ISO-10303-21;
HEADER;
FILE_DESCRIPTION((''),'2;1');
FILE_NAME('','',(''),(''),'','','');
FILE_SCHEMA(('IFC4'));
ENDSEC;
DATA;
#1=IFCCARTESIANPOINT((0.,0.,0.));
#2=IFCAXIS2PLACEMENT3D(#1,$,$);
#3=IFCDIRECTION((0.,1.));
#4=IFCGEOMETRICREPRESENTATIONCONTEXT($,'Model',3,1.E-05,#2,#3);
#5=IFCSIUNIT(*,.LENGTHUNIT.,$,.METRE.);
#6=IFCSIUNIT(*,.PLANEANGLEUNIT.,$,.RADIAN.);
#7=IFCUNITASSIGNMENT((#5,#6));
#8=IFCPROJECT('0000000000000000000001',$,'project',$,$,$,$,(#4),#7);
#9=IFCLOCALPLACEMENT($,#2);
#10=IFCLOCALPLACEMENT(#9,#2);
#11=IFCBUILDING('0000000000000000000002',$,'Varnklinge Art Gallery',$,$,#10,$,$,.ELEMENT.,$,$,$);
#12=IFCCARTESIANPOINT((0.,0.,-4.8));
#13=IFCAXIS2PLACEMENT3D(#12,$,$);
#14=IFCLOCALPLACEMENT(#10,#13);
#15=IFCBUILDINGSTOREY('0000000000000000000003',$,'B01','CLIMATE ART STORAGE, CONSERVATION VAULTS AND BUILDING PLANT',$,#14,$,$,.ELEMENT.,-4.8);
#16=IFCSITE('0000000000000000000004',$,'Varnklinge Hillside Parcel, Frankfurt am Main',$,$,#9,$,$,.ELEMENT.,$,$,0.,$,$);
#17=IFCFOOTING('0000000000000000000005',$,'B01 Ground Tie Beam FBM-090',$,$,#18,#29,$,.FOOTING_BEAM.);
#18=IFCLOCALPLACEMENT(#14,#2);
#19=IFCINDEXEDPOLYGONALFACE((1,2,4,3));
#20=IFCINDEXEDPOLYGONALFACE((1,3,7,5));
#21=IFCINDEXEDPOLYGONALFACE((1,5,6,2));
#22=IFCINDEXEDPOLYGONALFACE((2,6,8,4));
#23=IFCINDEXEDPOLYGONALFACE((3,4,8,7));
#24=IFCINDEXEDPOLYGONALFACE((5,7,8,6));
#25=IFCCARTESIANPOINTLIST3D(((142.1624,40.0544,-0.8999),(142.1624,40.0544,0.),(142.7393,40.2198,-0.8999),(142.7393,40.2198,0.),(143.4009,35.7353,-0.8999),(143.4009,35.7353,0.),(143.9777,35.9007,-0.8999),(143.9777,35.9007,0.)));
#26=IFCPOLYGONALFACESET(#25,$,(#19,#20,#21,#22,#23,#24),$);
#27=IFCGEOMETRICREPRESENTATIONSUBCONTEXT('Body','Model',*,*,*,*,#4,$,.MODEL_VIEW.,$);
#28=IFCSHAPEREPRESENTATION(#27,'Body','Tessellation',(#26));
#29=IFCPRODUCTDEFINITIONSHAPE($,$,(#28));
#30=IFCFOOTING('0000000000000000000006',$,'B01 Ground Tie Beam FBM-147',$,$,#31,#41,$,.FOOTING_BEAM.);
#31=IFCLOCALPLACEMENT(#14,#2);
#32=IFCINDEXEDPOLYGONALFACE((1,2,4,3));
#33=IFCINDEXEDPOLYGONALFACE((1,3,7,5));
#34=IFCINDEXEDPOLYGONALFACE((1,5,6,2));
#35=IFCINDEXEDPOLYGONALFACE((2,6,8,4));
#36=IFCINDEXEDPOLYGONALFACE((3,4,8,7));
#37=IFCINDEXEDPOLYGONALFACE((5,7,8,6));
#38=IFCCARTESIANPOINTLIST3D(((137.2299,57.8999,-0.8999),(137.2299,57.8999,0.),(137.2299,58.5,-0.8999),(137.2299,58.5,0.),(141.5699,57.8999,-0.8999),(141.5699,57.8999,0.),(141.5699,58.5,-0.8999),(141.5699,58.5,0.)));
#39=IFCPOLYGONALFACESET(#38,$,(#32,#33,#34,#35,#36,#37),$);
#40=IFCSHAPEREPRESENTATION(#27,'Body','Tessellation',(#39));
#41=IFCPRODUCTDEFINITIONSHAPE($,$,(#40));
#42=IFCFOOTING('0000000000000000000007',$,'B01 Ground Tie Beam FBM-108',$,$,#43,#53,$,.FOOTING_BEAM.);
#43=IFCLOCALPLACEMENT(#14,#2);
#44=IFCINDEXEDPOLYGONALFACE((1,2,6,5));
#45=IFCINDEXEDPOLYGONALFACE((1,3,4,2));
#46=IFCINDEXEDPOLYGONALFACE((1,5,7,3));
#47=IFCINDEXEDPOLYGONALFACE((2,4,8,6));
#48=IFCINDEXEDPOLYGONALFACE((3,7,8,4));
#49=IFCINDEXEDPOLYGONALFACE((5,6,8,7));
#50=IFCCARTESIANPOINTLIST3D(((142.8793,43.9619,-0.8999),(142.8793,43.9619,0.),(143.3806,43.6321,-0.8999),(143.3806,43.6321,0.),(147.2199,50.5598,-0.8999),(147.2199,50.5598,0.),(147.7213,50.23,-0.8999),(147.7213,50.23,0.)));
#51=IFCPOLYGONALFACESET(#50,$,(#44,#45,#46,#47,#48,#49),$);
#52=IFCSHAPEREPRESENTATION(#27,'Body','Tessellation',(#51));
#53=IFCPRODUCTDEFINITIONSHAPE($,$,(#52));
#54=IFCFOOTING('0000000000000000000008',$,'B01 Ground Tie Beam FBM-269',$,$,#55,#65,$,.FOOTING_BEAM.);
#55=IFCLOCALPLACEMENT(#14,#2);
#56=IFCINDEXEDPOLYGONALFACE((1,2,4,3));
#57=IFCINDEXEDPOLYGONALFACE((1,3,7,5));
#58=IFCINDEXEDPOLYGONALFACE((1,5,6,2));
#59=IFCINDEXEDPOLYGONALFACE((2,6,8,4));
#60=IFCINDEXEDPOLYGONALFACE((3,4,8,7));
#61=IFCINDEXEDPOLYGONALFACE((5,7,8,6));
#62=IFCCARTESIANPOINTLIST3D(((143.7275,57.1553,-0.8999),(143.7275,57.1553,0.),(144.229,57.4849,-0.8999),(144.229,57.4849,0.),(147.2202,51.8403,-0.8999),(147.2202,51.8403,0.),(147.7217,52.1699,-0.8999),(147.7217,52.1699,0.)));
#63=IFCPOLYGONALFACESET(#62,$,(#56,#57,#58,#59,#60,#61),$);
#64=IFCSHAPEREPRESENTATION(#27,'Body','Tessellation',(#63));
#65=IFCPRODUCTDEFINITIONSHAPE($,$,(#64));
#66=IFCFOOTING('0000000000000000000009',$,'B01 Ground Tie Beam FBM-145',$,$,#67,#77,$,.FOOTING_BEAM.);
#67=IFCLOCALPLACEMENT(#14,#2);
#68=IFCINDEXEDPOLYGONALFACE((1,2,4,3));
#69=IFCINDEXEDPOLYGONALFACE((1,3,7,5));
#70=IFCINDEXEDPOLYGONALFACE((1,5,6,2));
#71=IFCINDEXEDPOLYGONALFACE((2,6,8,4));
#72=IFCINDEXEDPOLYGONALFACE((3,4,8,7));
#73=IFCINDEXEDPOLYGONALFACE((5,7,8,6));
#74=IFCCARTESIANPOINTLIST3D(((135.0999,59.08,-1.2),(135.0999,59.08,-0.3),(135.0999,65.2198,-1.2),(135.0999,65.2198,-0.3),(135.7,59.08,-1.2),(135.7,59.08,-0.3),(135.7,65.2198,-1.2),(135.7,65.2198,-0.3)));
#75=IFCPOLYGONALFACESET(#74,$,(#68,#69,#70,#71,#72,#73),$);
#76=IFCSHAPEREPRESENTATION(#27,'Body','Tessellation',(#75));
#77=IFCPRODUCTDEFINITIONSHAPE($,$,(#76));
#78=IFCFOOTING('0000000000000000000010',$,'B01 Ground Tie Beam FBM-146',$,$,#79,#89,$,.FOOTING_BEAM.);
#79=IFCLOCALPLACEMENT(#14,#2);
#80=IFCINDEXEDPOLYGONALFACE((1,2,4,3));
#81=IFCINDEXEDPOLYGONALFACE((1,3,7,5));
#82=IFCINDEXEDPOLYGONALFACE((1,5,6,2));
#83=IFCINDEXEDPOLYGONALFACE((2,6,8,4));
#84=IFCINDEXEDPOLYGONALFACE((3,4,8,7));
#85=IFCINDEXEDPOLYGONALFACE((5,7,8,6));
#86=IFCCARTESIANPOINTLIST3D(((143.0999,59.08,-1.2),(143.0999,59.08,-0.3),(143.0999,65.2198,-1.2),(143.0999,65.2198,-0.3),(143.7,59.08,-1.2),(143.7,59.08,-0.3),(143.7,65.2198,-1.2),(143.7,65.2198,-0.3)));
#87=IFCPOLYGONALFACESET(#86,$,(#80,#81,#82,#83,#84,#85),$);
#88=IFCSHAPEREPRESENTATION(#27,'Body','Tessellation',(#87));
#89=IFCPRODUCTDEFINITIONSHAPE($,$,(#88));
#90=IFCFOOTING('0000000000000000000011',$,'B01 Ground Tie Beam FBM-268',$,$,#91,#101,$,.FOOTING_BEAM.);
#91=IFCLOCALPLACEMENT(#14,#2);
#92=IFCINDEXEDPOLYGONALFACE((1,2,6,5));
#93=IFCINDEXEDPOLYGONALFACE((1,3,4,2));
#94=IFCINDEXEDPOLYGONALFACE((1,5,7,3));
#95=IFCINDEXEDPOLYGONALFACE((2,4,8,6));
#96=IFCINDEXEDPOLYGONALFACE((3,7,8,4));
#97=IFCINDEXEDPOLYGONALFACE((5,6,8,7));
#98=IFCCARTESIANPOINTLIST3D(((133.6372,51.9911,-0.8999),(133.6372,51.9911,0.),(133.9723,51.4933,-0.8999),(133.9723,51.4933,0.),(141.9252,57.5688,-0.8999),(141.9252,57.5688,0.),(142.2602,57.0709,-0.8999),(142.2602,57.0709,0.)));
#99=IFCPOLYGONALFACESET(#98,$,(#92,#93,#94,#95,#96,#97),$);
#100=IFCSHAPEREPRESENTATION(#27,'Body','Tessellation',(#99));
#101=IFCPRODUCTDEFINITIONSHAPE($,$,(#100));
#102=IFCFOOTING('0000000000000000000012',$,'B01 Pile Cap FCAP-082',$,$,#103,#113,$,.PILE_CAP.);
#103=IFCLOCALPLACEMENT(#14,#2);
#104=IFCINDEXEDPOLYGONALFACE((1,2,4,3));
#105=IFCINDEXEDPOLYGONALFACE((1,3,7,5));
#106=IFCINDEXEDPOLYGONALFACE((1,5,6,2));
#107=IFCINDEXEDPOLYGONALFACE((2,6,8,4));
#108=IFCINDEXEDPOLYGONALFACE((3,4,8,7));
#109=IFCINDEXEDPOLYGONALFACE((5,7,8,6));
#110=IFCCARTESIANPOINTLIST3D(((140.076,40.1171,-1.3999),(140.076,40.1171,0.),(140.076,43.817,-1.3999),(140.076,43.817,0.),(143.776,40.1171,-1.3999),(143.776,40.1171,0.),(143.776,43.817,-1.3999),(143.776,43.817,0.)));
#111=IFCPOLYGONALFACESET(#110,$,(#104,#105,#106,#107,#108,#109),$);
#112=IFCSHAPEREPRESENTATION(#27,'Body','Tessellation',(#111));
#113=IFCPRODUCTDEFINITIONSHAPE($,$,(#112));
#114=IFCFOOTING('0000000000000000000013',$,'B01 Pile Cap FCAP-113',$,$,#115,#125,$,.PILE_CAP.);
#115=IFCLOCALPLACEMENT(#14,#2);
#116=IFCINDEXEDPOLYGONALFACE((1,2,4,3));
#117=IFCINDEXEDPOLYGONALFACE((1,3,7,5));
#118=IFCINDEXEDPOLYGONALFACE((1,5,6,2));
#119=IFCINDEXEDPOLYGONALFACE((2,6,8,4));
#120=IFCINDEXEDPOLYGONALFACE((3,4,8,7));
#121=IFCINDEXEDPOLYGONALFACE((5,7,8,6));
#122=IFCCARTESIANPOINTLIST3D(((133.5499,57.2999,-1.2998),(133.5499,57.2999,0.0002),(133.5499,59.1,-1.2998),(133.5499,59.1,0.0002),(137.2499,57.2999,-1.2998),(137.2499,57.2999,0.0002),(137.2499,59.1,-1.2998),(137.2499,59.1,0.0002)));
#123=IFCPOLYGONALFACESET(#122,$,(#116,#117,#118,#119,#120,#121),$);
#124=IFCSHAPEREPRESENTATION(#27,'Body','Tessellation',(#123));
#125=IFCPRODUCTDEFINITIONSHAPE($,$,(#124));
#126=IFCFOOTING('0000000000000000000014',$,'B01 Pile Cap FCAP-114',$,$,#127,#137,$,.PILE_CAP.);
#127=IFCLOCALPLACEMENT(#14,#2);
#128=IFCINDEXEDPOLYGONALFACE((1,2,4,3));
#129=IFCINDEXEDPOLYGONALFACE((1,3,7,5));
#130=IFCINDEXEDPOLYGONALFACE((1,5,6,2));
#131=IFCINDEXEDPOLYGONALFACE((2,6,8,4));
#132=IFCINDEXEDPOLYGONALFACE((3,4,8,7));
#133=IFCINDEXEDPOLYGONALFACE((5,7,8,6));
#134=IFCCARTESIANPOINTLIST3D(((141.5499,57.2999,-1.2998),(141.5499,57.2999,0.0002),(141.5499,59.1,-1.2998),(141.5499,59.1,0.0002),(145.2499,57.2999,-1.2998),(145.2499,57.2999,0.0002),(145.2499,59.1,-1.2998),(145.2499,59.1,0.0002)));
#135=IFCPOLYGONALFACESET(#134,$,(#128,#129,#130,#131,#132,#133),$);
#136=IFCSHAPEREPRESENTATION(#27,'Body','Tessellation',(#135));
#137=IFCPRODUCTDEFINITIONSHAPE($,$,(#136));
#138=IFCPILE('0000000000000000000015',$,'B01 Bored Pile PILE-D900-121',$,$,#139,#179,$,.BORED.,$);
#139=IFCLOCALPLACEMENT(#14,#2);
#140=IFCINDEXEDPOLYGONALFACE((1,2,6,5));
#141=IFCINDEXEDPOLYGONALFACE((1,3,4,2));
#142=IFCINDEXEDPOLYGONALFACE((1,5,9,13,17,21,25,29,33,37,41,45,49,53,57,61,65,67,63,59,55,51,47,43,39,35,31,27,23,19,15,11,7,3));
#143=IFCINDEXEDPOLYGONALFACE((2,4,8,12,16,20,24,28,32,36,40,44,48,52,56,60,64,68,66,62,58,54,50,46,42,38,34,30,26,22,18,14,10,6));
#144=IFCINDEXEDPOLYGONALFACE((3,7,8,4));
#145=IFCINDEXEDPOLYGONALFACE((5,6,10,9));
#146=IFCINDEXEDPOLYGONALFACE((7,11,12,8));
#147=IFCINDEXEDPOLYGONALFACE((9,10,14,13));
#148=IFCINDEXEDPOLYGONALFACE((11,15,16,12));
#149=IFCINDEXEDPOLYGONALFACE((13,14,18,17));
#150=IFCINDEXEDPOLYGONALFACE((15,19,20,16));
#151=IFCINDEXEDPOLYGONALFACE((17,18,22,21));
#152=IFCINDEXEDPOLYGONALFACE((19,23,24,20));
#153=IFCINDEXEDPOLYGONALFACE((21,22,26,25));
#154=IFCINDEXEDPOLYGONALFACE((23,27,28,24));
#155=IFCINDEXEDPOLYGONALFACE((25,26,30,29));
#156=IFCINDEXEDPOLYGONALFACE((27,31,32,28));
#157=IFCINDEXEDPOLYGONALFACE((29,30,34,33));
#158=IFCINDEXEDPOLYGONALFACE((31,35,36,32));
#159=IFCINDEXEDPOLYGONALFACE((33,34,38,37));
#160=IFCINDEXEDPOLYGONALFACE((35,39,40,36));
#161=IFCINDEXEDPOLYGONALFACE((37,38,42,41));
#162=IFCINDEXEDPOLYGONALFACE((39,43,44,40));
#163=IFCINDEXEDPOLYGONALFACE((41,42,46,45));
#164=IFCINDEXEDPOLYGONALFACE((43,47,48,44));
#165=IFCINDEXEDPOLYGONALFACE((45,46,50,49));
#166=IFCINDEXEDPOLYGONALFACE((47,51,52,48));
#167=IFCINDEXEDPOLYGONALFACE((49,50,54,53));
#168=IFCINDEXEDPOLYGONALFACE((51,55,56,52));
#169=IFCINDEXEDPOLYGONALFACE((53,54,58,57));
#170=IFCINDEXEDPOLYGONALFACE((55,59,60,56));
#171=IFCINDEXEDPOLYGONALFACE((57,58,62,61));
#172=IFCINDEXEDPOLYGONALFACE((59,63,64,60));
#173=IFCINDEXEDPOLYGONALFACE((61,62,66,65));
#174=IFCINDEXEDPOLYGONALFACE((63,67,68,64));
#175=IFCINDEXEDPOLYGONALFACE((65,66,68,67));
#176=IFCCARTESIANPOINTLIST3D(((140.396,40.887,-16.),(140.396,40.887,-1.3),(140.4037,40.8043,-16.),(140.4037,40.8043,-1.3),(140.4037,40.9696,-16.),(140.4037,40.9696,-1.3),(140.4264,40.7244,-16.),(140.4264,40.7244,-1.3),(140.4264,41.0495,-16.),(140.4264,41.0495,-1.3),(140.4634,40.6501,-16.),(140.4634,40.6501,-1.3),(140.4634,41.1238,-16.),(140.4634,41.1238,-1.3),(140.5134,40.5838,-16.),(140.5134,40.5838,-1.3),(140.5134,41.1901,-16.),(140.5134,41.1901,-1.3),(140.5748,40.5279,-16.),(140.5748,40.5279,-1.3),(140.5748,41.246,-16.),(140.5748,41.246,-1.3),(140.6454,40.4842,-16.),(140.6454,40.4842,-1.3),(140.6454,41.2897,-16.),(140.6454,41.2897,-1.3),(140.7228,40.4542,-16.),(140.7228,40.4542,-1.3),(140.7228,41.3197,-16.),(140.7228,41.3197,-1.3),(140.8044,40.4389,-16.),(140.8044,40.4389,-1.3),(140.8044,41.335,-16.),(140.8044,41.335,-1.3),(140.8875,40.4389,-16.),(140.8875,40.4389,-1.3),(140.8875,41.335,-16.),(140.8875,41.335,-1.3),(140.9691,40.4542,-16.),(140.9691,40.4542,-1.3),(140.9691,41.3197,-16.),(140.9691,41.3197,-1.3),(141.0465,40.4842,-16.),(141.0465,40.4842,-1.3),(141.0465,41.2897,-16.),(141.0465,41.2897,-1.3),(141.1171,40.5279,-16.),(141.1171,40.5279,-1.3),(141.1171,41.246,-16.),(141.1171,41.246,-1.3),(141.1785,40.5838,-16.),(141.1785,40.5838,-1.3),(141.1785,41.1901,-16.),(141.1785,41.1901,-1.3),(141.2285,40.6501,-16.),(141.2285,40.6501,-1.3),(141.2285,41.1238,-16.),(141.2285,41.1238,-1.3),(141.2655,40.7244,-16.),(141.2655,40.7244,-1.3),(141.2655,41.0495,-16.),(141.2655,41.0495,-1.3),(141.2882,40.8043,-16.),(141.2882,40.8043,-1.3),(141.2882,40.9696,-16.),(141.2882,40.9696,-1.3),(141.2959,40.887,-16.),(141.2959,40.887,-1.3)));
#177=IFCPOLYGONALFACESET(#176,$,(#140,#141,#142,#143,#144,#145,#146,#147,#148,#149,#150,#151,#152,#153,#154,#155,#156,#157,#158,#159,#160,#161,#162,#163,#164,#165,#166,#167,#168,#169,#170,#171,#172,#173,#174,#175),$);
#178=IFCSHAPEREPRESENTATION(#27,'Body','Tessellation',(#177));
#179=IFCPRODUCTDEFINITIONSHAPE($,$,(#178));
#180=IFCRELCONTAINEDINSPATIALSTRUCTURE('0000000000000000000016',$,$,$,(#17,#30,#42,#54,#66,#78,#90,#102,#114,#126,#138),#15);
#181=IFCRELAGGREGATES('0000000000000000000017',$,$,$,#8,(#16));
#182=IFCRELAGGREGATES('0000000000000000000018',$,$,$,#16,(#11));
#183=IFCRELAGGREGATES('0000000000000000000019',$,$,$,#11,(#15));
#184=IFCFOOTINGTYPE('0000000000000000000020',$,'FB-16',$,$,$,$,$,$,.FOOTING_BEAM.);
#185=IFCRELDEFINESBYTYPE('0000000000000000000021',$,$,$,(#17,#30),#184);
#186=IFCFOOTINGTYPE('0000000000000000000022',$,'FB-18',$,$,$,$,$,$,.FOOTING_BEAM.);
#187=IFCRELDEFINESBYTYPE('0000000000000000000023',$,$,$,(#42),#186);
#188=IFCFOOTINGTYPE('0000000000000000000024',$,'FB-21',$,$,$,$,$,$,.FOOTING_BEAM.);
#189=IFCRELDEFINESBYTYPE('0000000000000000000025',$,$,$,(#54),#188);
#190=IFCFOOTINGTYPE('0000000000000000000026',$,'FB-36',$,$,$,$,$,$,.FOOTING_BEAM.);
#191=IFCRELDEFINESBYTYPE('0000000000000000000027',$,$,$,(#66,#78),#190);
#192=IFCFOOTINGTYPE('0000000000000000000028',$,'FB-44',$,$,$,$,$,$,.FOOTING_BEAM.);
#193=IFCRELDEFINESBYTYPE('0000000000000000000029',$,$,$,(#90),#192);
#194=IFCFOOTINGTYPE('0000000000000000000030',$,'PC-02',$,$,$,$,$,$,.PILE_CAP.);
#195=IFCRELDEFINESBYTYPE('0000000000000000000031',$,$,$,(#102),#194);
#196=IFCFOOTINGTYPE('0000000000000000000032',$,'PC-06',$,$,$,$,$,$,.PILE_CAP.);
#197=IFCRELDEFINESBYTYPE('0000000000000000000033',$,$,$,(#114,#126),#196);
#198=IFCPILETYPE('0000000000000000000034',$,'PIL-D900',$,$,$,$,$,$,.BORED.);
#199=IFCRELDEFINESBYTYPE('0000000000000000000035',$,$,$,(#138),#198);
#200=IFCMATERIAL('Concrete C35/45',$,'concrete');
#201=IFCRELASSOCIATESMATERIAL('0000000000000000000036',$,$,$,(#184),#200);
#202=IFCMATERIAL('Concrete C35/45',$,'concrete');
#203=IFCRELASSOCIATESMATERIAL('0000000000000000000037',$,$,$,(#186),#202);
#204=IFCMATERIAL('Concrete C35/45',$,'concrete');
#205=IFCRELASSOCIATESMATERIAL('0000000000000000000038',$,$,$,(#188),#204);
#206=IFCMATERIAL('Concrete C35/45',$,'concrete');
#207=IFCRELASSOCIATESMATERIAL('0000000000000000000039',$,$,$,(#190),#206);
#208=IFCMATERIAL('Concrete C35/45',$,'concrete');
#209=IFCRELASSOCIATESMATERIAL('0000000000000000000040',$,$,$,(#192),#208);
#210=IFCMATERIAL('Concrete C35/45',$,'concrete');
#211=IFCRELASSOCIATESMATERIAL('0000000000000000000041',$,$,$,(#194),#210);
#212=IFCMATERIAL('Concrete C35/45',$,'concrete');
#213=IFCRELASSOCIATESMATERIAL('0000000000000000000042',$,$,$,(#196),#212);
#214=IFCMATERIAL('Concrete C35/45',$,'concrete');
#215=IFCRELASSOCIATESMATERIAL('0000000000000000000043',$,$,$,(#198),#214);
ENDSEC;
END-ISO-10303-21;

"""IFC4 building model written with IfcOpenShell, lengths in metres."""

from ifc_helpers import new_model, si_unit, direction, frame, origin, origin_2d, place, context, subcontext, project, spatial, rectangle, circle, extrude, material, material_profile, profile_set, type_object, element, save


model = new_model("IFC4")

# Units and contexts
model_context = context("Model", 3, precision=1e-05, world=origin(), true_north=direction((0.0, 1.0)))
body_context = subcontext(model_context, "Body", "Model", "MODEL_VIEW")
ifc_project = project(units=[si_unit("LENGTHUNIT", "METRE"), si_unit("PLANEANGLEUNIT", "RADIAN")], contexts=[model_context])

# Site, building, storey
site_placement = place(None, origin())
site = spatial("IfcSite", under=ifc_project, at=site_placement, Name="Varnklinge Hillside Parcel, Frankfurt am Main", CompositionType="ELEMENT", RefElevation=0.0)
building_placement = place(site_placement, origin())
building = spatial("IfcBuilding", under=site, at=building_placement, Name="Varnklinge Art Gallery", CompositionType="ELEMENT")
storey_placement = place(building_placement, frame((0.0, 0.0, -4.8)))
storey = spatial("IfcBuildingStorey", under=building, at=storey_placement, Name="B01", Description="CLIMATE ART STORAGE, CONSERVATION VAULTS AND BUILDING PLANT", CompositionType="ELEMENT", Elevation=-4.8)

# Footings
ifc_material_1 = material(Name="Concrete C35/45", Category="concrete")
footing_type_1 = type_object("IfcFootingType", Name="FB-16", PredefinedType="FOOTING_BEAM", material=ifc_material_1)
footing_1_placement = place(storey_placement, frame((143.0701, 37.9775, -0.8999), z_axis=(0.0, 0.0, 1.0), x_axis=(-0.275637, 0.961262, 0.0)))
element("IfcFooting", 1, at=footing_1_placement, inside=storey, type_object=footing_type_1, Name="B01 Ground Tie Beam FBM-090", PredefinedType="FOOTING_BEAM", context=body_context, shape_type="SweptSolid", body=[
    extrude(rectangle(XDim=4.4932, YDim=0.6001, at=origin_2d()), origin(), (0.0, 0.0, 1.0), 0.8999),
])
footing_2_placement = place(storey_placement, frame((139.3999, 58.2, -0.8999), z_axis=(0.0, 0.0, 1.0), x_axis=(-1.0, 0.0, 0.0)))
element("IfcFooting", 2, at=footing_2_placement, inside=storey, type_object=footing_type_1, Name="B01 Ground Tie Beam FBM-147", PredefinedType="FOOTING_BEAM", context=body_context, shape_type="SweptSolid", body=[
    extrude(rectangle(XDim=4.3401, YDim=0.6001, at=origin_2d()), origin(), (0.0, 0.0, 1.0), 0.8999),
])
ifc_material_2 = material(Name="Concrete C35/45", Category="concrete")
footing_type_2 = type_object("IfcFootingType", Name="FB-18", PredefinedType="FOOTING_BEAM", material=ifc_material_2)
footing_3_placement = place(storey_placement, frame((145.3003, 47.0959, -0.8999), z_axis=(0.0, 0.0, 1.0), x_axis=(0.549606, 0.835424, 0.0)))
element("IfcFooting", 3, at=footing_3_placement, inside=storey, type_object=footing_type_2, Name="B01 Ground Tie Beam FBM-108", PredefinedType="FOOTING_BEAM", context=body_context, shape_type="SweptSolid", body=[
    extrude(rectangle(XDim=7.8977, YDim=0.6001, at=origin_2d()), origin(), (0.0, 0.0, 1.0), 0.8999),
])
ifc_material_3 = material(Name="Concrete C35/45", Category="concrete")
footing_type_3 = type_object("IfcFootingType", Name="FB-21", PredefinedType="FOOTING_BEAM", material=ifc_material_3)
footing_4_placement = place(storey_placement, frame((145.7246, 54.6626, -0.8999), z_axis=(0.0, 0.0, 1.0), x_axis=(-0.549169, 0.835712, 0.0)))
element("IfcFooting", 4, at=footing_4_placement, inside=storey, type_object=footing_type_3, Name="B01 Ground Tie Beam FBM-269", PredefinedType="FOOTING_BEAM", context=body_context, shape_type="SweptSolid", body=[
    extrude(rectangle(XDim=6.3599, YDim=0.6001, at=origin_2d()), origin(), (0.0, 0.0, 1.0), 0.8999),
])
ifc_material_4 = material(Name="Concrete C35/45", Category="concrete")
footing_type_4 = type_object("IfcFootingType", Name="FB-36", PredefinedType="FOOTING_BEAM", material=ifc_material_4)
for number, where, z_axis, x_axis, name in (
    (5, (135.3999, 62.1499, -1.2), (0.0, 0.0, 1.0), (0.0, 1.0, 0.0), "B01 Ground Tie Beam FBM-145"),
    (6, (143.3999, 62.1499, -1.2), (0.0, 0.0, 1.0), (0.0, 1.0, 0.0), "B01 Ground Tie Beam FBM-146"),
):
    element("IfcFooting", number, at=place(storey_placement, frame(where, z_axis=z_axis, x_axis=x_axis)), inside=storey, type_object=footing_type_4, Name=name, PredefinedType="FOOTING_BEAM", context=body_context, shape_type="SweptSolid", body=[
        extrude(rectangle(XDim=6.1399, YDim=0.6001, at=origin_2d()), origin(), (0.0, 0.0, 1.0), 0.8999),
    ])
ifc_material_5 = material(Name="Concrete C35/45", Category="concrete")
footing_type_5 = type_object("IfcFootingType", Name="FB-44", PredefinedType="FOOTING_BEAM", material=ifc_material_5)
footing_5_placement = place(storey_placement, frame((137.9487, 54.531, -0.8999), z_axis=(0.0, 0.0, 1.0), x_axis=(0.829623, 0.558324, 0.0)))
element("IfcFooting", 7, at=footing_5_placement, inside=storey, type_object=footing_type_5, Name="B01 Ground Tie Beam FBM-268", PredefinedType="FOOTING_BEAM", context=body_context, shape_type="SweptSolid", body=[
    extrude(rectangle(XDim=9.99, YDim=0.6001, at=origin_2d()), origin(), (0.0, 0.0, 1.0), 0.8999),
])
ifc_material_6 = material(Name="Concrete C35/45", Category="concrete")
footing_type_6 = type_object("IfcFootingType", Name="PC-02", PredefinedType="PILE_CAP", material=ifc_material_6)
footing_6_placement = place(storey_placement, frame((141.926, 41.967, -1.3999), z_axis=(0.0, 0.0, 1.0), x_axis=(1.0, 0.0, 0.0)))
element("IfcFooting", 8, at=footing_6_placement, inside=storey, type_object=footing_type_6, Name="B01 Pile Cap FCAP-082", PredefinedType="PILE_CAP", context=body_context, shape_type="SweptSolid", body=[
    extrude(rectangle(XDim=3.7, YDim=3.7, at=origin_2d()), origin(), (0.0, 0.0, 1.0), 1.3999),
])
ifc_material_7 = material(Name="Concrete C35/45", Category="concrete")
footing_type_7 = type_object("IfcFootingType", Name="PC-06", PredefinedType="PILE_CAP", material=ifc_material_7)
for number, where, z_axis, x_axis, name in (
    (9, (135.3999, 58.2, -1.2998), (0.0, 0.0, 1.0), (1.0, 0.0, 0.0), "B01 Pile Cap FCAP-113"),
    (10, (143.3999, 58.2, -1.2998), (0.0, 0.0, 1.0), (1.0, 0.0, 0.0), "B01 Pile Cap FCAP-114"),
):
    element("IfcFooting", number, at=place(storey_placement, frame(where, z_axis=z_axis, x_axis=x_axis)), inside=storey, type_object=footing_type_7, Name=name, PredefinedType="PILE_CAP", context=body_context, shape_type="SweptSolid", body=[
        extrude(rectangle(XDim=3.7, YDim=1.8, at=origin_2d()), origin(), (0.0, 0.0, 1.0), 1.3),
    ])

# Pile
ifc_material_8 = material(Name="Concrete C35/45", Category="concrete")
ifc_material_profile_1 = material_profile(ifc_material_8, circle(Radius=0.45, at=origin_2d()), Name="PILE D900")
ifc_profile_set_1 = profile_set([ifc_material_profile_1], Name="Concrete C35/45")
pile_type = type_object("IfcPileType", Name="PIL-D900", PredefinedType="BORED", material=ifc_profile_set_1)
for number, where, z_axis, x_axis, name in (
    (11, (140.8459, 40.887, -1.3), (0.0, 0.0, -1.0), (1.0, 0.0, 0.0), "B01 Bored Pile PILE-D900-121"),
):
    element("IfcPile", number, at=place(storey_placement, frame(where, z_axis=z_axis, x_axis=x_axis)), inside=storey, type_object=pile_type, Name=name, PredefinedType="BORED", context=body_context, shape_type="SweptSolid", body=[
        extrude(circle(Radius=0.45, at=origin_2d()), origin(), (0.0, 0.0, 1.0), 14.7),
    ])

save(model, "model.ifc")
